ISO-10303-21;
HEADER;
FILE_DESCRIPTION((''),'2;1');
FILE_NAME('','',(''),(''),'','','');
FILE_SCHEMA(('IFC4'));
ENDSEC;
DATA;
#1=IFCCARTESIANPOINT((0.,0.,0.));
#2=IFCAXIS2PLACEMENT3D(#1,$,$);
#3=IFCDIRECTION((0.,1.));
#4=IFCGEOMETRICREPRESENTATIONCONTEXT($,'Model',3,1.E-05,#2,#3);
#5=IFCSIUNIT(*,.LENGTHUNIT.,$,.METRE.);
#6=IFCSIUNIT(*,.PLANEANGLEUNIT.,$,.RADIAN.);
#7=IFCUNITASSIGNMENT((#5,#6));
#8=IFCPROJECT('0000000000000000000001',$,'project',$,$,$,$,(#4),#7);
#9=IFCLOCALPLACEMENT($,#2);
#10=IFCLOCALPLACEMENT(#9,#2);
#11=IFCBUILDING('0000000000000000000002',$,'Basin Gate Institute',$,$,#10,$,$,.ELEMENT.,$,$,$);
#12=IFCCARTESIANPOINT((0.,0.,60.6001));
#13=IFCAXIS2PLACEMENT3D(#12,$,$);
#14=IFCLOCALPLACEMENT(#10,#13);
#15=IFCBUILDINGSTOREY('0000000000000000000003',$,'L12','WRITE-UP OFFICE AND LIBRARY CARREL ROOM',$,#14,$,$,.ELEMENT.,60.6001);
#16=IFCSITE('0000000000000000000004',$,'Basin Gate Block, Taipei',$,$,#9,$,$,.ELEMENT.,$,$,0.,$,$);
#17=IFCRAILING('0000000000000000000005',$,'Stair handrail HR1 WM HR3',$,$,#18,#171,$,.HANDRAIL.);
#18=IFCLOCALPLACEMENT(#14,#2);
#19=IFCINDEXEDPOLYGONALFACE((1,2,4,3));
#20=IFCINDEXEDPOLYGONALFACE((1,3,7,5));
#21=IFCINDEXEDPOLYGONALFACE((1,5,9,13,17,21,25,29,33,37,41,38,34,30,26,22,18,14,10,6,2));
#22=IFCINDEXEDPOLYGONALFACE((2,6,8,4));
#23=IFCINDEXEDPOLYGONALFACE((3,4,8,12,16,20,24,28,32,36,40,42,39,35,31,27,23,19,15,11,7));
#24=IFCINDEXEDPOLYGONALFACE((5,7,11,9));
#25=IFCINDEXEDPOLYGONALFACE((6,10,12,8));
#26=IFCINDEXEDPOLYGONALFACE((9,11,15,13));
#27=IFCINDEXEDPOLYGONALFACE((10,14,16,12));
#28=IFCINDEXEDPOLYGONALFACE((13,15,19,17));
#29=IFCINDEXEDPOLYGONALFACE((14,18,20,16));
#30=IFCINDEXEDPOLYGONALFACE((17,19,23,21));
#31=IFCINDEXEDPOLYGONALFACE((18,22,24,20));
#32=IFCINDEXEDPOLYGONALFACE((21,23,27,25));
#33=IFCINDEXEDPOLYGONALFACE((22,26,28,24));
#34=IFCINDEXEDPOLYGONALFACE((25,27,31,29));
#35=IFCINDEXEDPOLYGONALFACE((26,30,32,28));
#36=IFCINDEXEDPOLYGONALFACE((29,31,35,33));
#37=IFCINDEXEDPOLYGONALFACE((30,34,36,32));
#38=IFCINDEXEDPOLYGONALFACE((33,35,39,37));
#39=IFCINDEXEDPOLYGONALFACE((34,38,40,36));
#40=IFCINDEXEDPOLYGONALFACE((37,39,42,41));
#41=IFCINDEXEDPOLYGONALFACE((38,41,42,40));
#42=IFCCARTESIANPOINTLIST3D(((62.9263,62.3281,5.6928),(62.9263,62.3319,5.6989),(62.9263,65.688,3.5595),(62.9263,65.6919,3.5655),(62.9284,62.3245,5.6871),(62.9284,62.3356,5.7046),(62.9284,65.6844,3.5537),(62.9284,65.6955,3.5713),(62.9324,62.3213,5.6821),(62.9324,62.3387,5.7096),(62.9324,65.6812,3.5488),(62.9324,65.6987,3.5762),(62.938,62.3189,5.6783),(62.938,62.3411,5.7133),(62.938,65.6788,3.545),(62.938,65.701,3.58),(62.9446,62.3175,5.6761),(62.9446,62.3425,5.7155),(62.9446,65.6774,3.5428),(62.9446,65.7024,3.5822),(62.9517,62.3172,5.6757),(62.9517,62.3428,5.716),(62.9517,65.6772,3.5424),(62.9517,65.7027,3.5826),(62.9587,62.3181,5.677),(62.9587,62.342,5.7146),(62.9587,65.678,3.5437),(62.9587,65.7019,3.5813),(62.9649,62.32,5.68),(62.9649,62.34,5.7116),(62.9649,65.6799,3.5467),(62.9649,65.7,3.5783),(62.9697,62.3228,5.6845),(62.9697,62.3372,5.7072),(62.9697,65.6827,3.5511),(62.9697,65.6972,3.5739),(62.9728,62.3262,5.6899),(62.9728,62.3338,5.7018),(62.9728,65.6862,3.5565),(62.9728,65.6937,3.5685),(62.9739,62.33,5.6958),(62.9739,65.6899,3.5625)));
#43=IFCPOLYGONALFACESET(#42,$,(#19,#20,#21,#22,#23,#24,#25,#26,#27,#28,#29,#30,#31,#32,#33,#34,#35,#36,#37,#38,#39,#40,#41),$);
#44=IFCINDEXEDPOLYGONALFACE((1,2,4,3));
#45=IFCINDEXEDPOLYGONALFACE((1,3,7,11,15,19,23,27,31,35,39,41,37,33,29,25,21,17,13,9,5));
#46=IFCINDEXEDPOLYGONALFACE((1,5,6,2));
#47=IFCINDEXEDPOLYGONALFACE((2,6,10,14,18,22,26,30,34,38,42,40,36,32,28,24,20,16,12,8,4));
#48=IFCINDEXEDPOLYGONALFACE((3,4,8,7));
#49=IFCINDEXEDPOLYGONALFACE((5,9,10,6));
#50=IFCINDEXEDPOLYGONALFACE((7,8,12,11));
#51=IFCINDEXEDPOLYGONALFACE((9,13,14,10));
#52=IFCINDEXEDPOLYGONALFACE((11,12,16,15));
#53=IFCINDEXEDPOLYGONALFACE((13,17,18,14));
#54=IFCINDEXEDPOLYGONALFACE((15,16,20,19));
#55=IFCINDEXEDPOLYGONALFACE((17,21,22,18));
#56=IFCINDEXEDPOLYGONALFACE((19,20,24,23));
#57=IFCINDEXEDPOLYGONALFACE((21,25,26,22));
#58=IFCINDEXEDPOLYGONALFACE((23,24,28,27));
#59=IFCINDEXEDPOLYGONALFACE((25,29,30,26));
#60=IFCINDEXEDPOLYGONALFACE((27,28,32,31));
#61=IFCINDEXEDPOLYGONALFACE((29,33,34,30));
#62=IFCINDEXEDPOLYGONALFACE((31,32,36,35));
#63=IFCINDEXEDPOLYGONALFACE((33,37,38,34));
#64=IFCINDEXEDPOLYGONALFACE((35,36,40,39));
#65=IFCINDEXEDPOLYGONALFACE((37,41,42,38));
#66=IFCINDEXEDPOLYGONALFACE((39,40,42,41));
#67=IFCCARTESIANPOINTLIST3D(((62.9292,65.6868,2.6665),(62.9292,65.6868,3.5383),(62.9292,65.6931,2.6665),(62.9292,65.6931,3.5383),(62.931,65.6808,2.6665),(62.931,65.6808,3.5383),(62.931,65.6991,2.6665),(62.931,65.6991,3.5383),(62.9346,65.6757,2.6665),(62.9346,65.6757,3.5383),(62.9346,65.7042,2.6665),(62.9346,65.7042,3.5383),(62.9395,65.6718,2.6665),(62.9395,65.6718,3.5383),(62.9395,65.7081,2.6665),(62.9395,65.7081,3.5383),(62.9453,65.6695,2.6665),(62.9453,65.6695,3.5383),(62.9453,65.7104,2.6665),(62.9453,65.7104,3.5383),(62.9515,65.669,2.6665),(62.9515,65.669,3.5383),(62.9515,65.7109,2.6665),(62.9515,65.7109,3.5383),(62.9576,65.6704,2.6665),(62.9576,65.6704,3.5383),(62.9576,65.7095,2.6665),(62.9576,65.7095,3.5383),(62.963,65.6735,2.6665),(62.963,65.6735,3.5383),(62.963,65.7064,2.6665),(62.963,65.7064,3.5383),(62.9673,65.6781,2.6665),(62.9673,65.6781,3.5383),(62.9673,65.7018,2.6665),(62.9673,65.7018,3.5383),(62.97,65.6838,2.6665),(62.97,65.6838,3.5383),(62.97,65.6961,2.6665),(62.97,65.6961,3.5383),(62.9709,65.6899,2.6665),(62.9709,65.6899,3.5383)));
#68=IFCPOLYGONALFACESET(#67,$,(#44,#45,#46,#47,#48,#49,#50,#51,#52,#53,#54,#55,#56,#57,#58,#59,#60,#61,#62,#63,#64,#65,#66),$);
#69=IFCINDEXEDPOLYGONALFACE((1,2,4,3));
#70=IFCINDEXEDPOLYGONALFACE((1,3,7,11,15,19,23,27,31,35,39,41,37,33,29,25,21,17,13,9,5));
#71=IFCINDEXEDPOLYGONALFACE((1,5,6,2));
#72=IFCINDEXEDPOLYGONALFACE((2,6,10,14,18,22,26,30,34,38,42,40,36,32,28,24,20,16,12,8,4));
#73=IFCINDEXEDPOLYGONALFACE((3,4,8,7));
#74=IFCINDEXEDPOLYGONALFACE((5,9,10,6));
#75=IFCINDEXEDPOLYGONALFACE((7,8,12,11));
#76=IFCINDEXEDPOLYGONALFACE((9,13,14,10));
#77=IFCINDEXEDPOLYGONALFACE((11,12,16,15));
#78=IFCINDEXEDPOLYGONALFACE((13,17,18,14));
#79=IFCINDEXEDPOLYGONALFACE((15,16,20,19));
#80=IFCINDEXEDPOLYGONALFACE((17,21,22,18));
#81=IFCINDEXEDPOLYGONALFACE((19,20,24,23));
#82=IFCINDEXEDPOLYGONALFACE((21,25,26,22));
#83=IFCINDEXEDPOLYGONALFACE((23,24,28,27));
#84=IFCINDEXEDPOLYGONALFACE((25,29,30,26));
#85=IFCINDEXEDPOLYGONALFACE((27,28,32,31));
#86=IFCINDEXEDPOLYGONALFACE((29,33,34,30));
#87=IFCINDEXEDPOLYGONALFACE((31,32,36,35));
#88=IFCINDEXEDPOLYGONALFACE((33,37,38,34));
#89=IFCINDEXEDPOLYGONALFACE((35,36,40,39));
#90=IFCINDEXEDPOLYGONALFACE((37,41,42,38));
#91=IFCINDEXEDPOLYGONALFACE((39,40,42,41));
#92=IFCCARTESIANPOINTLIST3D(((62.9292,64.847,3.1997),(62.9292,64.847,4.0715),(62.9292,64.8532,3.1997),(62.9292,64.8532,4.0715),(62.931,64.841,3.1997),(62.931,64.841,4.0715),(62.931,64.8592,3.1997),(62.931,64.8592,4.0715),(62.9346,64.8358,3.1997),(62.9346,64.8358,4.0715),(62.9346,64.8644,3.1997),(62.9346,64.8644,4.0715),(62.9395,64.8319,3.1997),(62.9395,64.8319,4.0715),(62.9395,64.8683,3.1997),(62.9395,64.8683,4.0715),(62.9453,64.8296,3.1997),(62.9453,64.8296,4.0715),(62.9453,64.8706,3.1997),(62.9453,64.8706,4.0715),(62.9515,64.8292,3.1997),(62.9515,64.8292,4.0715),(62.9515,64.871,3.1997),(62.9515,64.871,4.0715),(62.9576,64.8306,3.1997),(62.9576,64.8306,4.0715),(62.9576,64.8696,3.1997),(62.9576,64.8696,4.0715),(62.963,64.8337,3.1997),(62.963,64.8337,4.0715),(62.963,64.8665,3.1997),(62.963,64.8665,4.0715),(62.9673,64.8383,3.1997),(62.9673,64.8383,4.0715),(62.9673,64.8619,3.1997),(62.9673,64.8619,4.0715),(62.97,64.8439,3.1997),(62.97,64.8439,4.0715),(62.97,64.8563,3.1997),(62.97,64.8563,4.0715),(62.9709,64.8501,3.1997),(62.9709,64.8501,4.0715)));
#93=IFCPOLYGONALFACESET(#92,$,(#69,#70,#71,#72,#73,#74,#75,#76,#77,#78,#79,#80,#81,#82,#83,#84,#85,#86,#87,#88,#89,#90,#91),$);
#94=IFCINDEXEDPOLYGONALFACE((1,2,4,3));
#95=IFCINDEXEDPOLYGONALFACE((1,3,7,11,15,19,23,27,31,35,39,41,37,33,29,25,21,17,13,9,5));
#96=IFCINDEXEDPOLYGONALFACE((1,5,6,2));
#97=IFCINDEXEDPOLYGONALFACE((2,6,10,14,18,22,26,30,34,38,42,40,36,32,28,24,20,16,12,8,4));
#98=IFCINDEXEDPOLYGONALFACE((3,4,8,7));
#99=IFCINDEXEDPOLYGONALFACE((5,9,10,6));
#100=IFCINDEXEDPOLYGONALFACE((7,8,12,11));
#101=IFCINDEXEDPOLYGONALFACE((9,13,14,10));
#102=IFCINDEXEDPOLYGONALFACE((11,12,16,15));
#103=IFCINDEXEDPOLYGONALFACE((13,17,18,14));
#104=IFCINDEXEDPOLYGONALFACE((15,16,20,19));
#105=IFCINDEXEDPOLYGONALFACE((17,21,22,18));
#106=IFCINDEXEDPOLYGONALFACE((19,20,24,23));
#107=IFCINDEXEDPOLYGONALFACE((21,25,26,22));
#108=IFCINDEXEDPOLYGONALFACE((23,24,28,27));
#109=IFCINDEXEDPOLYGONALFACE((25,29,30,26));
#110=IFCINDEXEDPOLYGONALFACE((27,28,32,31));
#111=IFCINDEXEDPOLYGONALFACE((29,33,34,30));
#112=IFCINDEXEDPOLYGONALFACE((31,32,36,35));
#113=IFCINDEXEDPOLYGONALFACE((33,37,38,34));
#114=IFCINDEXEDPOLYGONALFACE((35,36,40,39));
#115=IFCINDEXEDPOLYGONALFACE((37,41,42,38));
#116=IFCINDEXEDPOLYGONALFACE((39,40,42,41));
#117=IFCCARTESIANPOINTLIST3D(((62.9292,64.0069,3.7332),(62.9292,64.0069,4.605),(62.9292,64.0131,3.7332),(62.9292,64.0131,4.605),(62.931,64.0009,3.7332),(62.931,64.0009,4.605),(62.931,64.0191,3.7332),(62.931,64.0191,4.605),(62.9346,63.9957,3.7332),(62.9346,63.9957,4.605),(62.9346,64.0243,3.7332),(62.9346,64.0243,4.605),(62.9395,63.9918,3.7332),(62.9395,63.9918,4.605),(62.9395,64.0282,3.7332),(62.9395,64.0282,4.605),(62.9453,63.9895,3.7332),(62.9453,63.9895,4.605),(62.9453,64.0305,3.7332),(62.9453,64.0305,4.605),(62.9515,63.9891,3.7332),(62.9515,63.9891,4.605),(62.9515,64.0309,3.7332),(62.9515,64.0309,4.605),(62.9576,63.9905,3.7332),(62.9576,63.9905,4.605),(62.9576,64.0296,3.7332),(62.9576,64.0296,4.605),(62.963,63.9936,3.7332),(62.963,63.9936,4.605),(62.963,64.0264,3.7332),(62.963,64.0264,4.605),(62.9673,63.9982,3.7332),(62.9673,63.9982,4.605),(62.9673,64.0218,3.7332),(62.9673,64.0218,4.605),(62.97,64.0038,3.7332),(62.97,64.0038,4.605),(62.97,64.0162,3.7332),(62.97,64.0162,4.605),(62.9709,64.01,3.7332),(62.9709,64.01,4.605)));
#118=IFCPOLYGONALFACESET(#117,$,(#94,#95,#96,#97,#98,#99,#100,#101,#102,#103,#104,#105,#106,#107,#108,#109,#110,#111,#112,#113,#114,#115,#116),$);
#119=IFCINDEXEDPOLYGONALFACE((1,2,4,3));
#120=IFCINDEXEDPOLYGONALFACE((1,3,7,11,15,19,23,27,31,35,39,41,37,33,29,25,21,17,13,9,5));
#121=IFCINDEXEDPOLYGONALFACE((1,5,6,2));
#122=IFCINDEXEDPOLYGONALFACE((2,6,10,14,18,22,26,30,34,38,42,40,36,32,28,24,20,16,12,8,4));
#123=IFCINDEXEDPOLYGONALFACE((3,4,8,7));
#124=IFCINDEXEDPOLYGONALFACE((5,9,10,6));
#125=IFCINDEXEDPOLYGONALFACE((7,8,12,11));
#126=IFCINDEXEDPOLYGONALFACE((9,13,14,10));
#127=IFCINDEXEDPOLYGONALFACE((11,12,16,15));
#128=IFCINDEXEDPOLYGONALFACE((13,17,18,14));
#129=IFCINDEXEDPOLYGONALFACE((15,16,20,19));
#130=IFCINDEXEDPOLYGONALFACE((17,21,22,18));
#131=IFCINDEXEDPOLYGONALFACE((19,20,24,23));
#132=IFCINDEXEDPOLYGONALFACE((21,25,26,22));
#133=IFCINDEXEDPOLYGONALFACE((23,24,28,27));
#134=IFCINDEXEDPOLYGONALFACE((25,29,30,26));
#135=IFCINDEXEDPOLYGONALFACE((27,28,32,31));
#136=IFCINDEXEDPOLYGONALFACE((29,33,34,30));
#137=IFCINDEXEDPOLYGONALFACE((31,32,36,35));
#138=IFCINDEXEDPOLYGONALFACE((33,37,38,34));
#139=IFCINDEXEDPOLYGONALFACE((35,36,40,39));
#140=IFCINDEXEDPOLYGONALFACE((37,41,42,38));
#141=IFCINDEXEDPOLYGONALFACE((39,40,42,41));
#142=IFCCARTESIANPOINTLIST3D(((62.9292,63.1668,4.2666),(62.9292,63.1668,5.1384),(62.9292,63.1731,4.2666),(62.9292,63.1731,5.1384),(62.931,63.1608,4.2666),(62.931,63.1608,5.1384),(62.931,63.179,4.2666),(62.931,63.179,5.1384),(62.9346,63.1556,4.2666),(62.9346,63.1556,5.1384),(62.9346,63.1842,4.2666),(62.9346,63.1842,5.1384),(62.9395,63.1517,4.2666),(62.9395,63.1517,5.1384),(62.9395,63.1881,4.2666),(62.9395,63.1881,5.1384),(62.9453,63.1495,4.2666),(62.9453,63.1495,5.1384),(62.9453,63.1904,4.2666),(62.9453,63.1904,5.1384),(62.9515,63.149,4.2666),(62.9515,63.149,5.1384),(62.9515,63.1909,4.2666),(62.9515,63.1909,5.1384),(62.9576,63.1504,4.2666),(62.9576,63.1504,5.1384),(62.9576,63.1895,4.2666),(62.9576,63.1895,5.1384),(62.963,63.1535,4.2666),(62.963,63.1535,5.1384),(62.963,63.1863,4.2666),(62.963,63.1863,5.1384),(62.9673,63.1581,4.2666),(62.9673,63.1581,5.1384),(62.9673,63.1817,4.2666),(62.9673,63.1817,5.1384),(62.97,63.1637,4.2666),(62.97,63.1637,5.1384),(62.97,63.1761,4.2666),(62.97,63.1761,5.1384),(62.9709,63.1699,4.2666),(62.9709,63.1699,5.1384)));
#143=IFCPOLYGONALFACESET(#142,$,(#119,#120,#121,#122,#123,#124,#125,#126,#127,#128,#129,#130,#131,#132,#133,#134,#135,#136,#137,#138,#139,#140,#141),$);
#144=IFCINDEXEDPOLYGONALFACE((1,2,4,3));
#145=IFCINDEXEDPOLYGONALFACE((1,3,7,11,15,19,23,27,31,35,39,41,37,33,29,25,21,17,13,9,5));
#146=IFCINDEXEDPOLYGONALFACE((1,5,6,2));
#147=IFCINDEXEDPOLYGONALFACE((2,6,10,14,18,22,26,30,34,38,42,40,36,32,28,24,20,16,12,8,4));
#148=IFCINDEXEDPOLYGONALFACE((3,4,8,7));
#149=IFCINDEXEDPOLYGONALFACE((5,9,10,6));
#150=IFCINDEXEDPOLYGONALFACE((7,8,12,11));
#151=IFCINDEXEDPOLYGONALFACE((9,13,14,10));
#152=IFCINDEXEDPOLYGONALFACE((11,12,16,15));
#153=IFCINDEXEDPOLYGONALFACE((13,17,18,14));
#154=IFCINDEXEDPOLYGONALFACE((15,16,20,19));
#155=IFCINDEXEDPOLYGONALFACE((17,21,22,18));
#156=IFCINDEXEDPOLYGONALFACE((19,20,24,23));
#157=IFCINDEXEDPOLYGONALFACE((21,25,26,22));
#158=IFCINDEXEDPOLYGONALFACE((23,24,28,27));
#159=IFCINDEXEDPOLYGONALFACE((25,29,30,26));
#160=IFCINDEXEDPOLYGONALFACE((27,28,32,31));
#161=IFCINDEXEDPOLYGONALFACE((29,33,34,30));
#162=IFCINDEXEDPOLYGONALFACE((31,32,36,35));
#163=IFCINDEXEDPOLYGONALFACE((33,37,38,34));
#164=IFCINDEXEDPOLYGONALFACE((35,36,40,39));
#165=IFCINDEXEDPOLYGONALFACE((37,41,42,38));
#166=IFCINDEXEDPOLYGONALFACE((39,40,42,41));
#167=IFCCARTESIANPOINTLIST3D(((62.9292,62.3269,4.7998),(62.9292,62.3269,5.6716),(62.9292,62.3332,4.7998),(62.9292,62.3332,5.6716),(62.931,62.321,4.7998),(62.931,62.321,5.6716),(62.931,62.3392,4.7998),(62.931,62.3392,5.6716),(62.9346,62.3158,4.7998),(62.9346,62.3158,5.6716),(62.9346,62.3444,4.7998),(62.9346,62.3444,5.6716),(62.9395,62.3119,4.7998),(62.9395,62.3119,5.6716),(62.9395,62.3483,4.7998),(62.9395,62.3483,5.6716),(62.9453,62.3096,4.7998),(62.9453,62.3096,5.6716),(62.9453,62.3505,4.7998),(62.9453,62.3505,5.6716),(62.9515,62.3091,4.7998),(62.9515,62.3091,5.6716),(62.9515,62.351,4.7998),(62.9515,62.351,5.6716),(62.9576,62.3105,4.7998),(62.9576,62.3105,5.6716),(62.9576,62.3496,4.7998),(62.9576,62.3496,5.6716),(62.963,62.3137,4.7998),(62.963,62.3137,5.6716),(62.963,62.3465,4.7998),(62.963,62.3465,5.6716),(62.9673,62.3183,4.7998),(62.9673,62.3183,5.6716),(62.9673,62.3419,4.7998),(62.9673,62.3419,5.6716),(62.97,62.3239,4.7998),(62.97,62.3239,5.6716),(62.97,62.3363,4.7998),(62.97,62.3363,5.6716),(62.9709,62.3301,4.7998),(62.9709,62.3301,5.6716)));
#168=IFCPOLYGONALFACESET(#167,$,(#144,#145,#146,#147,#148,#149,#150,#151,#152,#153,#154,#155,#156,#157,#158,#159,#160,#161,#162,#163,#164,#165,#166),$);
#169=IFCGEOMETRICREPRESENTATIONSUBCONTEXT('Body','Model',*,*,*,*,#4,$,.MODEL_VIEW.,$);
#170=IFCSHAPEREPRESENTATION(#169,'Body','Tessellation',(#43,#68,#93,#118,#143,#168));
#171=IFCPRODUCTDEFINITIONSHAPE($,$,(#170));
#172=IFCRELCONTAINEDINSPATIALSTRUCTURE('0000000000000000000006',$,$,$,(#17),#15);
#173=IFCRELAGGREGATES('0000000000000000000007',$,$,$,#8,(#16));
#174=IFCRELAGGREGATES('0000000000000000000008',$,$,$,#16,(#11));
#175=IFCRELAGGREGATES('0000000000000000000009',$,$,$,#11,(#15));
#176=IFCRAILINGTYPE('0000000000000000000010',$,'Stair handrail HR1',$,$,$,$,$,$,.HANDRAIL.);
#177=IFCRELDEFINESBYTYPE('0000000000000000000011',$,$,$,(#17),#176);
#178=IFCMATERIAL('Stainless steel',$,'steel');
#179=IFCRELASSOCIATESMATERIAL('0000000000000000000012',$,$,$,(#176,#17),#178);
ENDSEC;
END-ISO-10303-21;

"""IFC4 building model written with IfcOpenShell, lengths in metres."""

from ifc_helpers import new_model, si_unit, direction, frame, origin, origin_2d, place, context, subcontext, project, spatial, circle, extrude, material, type_object, element, save


model = new_model("IFC4")

# Units and contexts
model_context = context("Model", 3, precision=1e-05, world=origin(), true_north=direction((0.0, 1.0)))
body_context = subcontext(model_context, "Body", "Model", "MODEL_VIEW")
ifc_project = project(units=[si_unit("LENGTHUNIT", "METRE"), si_unit("PLANEANGLEUNIT", "RADIAN")], contexts=[model_context])

# Site, building, storey
site_placement = place(None, origin())
site = spatial("IfcSite", under=ifc_project, at=site_placement, Name="Basin Gate Block, Taipei", CompositionType="ELEMENT", RefElevation=0.0)
building_placement = place(site_placement, origin())
building = spatial("IfcBuilding", under=site, at=building_placement, Name="Basin Gate Institute", CompositionType="ELEMENT")
storey_placement = place(building_placement, frame((0.0, 0.0, 60.6001)))
storey = spatial("IfcBuildingStorey", under=building, at=storey_placement, Name="L12", Description="WRITE-UP OFFICE AND LIBRARY CARREL ROOM", CompositionType="ELEMENT", Elevation=60.6001)

# Railing
ifc_material_1 = material(Name="Stainless steel", Category="steel")
railing_type_1 = type_object("IfcRailingType", Name="Stair handrail HR1", PredefinedType="HANDRAIL", material=ifc_material_1)
railing_1_placement = place(storey_placement, frame((62.95, 65.6899, 2.6665)))
element("IfcRailing", 1, at=railing_1_placement, inside=storey, type_object=railing_type_1, material=ifc_material_1, Name="Stair handrail HR1 WM HR3", PredefinedType="HANDRAIL", context=body_context, shape_type="SweptSolid", body=[
    extrude(circle(Radius=0.0239, at=origin_2d()), frame((0.0, 0.0, 0.896), z_axis=(0.0, -0.844207, 0.536018), x_axis=(1.0, 0.0, 0.0)), (0.0, 0.0, 1.0), 3.98),
    extrude(circle(Radius=0.021, at=origin_2d()), origin(), (0.0, 0.0, 1.0), 0.8718),
    extrude(circle(Radius=0.021, at=origin_2d()), frame((0.0, -0.8398, 0.5332)), (0.0, 0.0, 1.0), 0.8718),
    extrude(circle(Radius=0.021, at=origin_2d()), frame((0.0, -1.6799, 1.0667)), (0.0, 0.0, 1.0), 0.8718),
    extrude(circle(Radius=0.021, at=origin_2d()), frame((0.0, -2.52, 1.6001)), (0.0, 0.0, 1.0), 0.8718),
    extrude(circle(Radius=0.021, at=origin_2d()), frame((0.0, -3.3599, 2.1333)), (0.0, 0.0, 1.0), 0.8718),
])

save(model, "model.ifc")
